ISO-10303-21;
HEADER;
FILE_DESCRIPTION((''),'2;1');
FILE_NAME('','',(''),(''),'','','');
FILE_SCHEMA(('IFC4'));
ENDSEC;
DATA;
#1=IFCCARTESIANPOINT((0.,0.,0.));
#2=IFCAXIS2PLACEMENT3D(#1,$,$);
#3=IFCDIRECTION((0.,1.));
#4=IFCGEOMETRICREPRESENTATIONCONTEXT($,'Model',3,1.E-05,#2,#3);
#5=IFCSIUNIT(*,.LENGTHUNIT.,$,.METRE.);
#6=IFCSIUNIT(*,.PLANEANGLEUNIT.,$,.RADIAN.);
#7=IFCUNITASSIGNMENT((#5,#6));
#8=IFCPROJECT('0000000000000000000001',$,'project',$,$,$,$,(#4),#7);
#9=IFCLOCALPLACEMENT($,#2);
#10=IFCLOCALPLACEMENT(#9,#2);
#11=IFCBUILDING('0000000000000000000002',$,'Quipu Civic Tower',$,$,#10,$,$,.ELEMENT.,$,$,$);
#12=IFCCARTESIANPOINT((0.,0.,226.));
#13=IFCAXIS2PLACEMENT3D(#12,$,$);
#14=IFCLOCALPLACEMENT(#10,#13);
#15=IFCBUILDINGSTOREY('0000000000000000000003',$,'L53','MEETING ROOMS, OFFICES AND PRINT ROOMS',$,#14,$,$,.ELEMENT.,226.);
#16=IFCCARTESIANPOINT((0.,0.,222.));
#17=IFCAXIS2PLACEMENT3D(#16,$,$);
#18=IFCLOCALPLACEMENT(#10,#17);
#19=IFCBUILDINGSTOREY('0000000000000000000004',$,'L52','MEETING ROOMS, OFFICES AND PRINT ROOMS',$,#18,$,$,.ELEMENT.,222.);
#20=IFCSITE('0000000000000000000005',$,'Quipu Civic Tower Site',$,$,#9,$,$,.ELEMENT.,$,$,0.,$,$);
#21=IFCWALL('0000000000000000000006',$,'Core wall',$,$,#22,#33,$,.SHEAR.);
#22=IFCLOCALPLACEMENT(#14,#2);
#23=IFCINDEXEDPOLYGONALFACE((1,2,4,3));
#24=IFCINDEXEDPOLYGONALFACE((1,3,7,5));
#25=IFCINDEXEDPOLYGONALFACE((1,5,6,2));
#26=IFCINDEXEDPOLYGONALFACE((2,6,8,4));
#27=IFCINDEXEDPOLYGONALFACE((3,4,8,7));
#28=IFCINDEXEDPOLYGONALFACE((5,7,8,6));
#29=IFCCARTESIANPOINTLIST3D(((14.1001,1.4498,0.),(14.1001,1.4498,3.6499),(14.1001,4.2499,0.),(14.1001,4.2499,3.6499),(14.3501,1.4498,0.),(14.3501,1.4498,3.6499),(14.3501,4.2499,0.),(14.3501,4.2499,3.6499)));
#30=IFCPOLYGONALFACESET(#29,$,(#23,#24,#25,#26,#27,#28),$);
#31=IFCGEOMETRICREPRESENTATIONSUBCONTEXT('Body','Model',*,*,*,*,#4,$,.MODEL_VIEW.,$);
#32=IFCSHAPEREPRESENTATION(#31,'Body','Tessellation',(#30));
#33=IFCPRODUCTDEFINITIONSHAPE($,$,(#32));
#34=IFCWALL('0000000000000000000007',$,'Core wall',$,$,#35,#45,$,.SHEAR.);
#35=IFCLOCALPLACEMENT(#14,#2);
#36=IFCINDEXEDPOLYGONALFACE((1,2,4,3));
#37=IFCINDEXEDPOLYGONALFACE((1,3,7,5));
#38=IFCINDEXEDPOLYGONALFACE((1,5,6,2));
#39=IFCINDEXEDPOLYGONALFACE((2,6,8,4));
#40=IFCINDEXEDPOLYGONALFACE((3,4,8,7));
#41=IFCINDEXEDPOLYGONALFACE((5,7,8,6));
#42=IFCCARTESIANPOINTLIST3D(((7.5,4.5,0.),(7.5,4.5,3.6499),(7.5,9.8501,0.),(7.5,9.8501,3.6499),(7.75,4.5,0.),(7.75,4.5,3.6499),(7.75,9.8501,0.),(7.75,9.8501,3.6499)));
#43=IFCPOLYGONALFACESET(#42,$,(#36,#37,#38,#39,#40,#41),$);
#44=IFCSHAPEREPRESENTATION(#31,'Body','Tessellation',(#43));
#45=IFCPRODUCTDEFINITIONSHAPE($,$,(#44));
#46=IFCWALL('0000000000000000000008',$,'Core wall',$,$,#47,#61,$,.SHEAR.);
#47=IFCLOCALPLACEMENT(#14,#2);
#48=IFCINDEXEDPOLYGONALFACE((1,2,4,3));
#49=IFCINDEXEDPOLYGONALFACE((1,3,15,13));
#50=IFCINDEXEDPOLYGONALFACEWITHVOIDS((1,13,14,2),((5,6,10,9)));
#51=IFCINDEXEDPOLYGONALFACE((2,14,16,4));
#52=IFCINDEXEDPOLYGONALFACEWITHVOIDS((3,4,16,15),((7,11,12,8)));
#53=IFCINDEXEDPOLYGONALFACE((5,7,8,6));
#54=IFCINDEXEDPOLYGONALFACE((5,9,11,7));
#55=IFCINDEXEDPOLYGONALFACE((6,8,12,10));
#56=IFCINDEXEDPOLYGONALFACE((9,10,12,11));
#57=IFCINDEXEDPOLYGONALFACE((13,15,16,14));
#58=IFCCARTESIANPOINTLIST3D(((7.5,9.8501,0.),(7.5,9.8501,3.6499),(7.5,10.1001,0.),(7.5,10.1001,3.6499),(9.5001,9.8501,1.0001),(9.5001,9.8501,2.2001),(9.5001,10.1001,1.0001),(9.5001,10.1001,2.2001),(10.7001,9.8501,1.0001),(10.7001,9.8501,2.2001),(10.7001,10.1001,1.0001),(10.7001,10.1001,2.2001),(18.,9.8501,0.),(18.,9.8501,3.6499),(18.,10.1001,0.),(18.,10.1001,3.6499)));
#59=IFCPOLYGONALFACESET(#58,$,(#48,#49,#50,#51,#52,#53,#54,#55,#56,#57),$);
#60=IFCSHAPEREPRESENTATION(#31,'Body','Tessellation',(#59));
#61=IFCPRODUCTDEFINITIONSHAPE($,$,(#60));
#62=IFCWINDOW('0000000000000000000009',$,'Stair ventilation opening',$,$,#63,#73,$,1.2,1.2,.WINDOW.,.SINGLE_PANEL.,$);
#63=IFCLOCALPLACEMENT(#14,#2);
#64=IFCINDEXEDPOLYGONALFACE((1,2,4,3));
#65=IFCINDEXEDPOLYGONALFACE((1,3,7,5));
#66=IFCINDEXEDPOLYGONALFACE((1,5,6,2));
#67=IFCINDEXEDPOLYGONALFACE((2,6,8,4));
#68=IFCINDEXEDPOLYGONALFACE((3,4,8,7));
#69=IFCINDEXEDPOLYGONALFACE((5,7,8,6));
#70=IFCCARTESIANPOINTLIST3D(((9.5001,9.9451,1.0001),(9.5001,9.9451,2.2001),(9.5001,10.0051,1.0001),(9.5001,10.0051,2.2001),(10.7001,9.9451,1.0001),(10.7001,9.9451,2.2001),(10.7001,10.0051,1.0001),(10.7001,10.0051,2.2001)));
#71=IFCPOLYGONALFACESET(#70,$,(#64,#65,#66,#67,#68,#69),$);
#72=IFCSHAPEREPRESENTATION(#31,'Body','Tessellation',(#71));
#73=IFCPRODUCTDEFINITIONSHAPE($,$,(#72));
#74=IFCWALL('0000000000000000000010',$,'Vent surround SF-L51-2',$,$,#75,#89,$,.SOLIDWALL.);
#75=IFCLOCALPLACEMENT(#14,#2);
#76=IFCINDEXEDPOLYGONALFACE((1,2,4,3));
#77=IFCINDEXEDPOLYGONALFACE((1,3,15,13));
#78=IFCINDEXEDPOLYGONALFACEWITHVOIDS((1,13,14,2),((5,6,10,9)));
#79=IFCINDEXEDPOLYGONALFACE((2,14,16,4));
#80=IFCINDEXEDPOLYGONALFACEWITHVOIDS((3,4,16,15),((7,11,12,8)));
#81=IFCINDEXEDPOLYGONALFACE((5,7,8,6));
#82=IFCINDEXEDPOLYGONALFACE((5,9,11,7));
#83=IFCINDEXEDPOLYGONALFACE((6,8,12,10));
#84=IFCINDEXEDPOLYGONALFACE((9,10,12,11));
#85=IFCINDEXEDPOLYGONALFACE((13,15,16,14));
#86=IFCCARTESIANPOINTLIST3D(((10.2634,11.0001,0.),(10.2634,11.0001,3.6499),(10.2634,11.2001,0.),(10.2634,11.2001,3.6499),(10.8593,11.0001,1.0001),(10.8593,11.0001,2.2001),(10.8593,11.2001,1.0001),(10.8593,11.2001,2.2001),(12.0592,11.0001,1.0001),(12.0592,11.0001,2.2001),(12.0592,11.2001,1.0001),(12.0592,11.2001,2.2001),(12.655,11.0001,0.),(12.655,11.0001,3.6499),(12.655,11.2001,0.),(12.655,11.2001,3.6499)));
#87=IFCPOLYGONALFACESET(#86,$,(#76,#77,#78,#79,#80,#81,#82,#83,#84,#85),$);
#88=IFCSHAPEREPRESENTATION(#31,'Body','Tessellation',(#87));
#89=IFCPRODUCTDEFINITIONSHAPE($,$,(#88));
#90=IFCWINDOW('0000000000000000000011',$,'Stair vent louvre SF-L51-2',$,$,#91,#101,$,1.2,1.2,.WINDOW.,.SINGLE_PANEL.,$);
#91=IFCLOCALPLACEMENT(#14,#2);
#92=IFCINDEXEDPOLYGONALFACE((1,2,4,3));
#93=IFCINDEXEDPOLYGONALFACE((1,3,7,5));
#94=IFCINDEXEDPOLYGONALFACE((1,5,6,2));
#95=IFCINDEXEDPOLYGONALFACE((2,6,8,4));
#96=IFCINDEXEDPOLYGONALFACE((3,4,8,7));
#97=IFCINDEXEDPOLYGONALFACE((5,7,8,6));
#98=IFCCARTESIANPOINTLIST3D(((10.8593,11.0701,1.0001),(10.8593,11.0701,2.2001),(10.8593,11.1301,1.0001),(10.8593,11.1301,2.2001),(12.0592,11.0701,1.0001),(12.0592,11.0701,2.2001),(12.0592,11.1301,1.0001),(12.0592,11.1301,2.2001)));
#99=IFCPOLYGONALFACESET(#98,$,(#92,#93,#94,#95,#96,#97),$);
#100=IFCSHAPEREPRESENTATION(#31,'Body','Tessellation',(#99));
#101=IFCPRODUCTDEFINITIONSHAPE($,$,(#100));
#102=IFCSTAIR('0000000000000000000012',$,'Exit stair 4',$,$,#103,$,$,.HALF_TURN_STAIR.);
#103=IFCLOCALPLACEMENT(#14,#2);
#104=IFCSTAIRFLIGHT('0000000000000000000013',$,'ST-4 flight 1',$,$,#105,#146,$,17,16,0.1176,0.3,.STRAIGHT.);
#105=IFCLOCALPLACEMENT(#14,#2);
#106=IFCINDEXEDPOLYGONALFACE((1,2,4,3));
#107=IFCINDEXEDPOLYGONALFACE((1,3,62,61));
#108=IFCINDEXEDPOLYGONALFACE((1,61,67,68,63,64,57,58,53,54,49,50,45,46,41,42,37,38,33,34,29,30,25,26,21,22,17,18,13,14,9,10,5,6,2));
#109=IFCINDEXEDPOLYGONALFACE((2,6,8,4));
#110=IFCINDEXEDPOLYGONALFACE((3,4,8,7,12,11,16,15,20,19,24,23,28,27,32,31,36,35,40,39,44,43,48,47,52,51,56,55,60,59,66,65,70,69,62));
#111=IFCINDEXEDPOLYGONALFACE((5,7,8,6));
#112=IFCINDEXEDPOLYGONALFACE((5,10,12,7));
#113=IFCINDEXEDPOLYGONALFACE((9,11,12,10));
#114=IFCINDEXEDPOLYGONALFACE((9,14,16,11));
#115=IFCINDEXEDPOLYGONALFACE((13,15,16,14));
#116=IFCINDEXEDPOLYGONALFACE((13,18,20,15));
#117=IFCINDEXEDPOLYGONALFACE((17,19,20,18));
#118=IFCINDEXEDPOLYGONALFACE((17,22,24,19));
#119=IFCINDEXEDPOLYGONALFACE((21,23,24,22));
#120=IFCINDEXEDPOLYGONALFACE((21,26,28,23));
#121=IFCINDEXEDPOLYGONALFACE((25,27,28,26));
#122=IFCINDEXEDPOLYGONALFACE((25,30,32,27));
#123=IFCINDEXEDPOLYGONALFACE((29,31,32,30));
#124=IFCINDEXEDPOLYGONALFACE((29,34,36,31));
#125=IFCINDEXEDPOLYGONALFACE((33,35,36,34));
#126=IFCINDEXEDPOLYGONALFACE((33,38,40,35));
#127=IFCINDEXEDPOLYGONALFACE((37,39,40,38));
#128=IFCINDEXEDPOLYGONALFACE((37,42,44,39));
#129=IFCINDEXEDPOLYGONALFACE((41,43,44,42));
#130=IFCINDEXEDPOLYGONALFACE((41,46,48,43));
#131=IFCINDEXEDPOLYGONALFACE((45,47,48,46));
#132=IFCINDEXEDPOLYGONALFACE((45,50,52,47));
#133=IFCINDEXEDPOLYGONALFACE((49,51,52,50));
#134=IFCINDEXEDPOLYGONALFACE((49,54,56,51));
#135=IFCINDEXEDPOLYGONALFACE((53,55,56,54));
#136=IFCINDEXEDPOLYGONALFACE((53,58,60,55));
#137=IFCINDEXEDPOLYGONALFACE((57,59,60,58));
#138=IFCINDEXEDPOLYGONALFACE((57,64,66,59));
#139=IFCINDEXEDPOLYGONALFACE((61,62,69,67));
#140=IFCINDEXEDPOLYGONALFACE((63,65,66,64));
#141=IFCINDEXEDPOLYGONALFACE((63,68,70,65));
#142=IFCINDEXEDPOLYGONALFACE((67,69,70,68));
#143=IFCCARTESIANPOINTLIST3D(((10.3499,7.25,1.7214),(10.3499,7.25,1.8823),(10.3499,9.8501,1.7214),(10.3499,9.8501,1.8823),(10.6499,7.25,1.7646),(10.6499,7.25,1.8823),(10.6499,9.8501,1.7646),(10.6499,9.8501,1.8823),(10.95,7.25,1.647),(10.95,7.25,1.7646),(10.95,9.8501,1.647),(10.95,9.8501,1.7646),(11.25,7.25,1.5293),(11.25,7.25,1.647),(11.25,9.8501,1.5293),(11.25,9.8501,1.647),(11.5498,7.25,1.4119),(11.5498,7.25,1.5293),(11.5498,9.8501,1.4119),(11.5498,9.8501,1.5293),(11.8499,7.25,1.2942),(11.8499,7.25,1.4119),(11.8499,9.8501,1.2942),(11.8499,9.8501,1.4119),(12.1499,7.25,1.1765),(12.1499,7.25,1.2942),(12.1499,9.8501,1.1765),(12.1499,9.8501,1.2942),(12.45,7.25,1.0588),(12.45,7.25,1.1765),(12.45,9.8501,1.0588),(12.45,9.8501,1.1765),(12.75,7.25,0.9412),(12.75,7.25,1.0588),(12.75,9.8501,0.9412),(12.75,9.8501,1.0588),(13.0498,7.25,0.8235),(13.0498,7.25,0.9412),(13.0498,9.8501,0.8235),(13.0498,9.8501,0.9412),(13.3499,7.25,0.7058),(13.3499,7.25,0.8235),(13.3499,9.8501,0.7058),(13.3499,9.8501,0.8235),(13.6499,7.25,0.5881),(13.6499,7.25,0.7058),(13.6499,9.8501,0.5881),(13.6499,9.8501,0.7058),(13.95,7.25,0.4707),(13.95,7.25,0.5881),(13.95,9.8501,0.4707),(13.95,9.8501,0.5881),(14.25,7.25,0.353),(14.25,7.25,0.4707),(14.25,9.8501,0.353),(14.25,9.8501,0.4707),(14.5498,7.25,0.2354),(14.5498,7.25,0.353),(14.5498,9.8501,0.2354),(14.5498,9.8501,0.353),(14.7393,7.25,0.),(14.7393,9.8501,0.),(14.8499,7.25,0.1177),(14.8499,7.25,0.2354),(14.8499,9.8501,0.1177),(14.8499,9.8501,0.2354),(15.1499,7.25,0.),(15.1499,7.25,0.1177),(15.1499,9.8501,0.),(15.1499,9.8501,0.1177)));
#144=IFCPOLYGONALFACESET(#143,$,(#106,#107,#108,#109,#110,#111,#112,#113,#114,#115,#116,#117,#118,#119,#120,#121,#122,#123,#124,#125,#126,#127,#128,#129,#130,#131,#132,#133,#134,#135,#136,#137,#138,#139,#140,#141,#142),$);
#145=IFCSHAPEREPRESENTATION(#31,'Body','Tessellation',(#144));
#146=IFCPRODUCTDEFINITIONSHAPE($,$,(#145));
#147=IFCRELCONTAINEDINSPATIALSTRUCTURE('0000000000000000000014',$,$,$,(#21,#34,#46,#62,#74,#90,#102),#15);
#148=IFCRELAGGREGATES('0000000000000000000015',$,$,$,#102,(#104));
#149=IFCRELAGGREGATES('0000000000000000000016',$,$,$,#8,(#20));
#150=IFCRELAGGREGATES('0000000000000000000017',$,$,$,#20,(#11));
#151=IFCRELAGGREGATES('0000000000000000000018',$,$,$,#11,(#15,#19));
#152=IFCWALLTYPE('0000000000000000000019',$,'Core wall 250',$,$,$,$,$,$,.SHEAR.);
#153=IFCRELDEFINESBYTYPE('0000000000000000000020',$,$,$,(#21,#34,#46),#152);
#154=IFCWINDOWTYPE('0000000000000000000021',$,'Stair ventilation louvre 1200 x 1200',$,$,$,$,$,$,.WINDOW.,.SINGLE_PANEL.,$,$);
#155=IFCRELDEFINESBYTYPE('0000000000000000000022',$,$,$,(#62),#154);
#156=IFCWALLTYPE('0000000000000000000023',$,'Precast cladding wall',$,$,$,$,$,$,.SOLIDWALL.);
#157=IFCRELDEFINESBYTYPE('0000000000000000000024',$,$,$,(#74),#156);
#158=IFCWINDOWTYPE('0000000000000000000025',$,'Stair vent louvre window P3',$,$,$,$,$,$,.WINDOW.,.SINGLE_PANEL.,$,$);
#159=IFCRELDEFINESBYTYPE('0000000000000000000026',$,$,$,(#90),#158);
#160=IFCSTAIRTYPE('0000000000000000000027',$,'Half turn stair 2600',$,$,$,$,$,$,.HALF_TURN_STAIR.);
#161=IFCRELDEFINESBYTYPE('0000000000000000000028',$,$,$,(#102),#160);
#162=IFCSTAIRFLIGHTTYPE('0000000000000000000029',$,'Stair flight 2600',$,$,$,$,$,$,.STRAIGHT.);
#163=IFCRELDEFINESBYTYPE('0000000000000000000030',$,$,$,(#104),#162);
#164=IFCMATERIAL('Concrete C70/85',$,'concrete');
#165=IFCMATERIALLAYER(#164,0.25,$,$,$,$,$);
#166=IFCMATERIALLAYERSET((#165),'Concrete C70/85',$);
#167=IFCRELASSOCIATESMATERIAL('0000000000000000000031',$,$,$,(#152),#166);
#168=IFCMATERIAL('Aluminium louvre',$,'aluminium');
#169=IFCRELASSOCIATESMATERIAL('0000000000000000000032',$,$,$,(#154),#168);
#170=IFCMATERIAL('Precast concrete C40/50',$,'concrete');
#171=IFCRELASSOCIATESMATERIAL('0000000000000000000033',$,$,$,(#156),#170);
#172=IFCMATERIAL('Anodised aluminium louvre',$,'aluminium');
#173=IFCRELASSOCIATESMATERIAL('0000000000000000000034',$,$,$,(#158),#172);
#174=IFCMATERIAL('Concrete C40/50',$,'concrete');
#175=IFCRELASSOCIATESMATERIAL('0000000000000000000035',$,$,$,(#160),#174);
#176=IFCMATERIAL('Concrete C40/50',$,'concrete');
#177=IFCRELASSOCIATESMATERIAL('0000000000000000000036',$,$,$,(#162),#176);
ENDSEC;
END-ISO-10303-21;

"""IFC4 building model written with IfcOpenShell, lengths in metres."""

from ifc_helpers import new_model, si_unit, direction, frame, frame_2d, origin, place, context, subcontext, project, spatial, polyline, rectangle, outline, extrude, material, layer, layer_set, type_object, element, fill, aggregate, save


model = new_model("IFC4")

# Units and contexts
model_context = context("Model", 3, precision=1e-05, world=origin(), true_north=direction((0.0, 1.0)))
body_context = subcontext(model_context, "Body", "Model", "MODEL_VIEW")
ifc_project = project(units=[si_unit("LENGTHUNIT", "METRE"), si_unit("PLANEANGLEUNIT", "RADIAN")], contexts=[model_context])

# Site, building, storey
site_placement = place(None, origin())
site = spatial("IfcSite", under=ifc_project, at=site_placement, Name="Quipu Civic Tower Site", CompositionType="ELEMENT", RefElevation=0.0)
building_placement = place(site_placement, origin())
building = spatial("IfcBuilding", under=site, at=building_placement, Name="Quipu Civic Tower", CompositionType="ELEMENT")
storey_1_placement = place(building_placement, frame((0.0, 0.0, 226.0)))
storey_1 = spatial("IfcBuildingStorey", under=building, at=storey_1_placement, Name="L53", Description="MEETING ROOMS, OFFICES AND PRINT ROOMS", CompositionType="ELEMENT", Elevation=226.0)

# Shared definitions
storey_2_placement = place(building_placement, frame((0.0, 0.0, 222.0)))
storey_2 = spatial("IfcBuildingStorey", under=building, at=storey_2_placement, Name="L52", Description="MEETING ROOMS, OFFICES AND PRINT ROOMS", CompositionType="ELEMENT", Elevation=222.0)

# Shared definitions
ifc_material_1 = material(Name="Concrete C70/85", Category="concrete")
ifc_layer_1 = layer(ifc_material_1, 0.25)
ifc_layer_set_1 = layer_set([ifc_layer_1], Name="Concrete C70/85")
wall_type_1 = type_object("IfcWallType", Name="Core wall 250", PredefinedType="SHEAR", material=ifc_layer_set_1)

# Walls
wall_1_placement = place(storey_1_placement, frame((14.2251, 1.45, 0.0), z_axis=(0.0, 0.0, 1.0), x_axis=(0.0, 1.0, 0.0)))
element("IfcWall", 1, at=wall_1_placement, inside=storey_1, type_object=wall_type_1, Name="Core wall", PredefinedType="SHEAR", context=body_context, shape_type="SweptSolid", body=[
    extrude(rectangle(XDim=2.8, YDim=0.25, at=frame_2d((1.3999, 0.0))), origin(), (0.0, 0.0, 1.0), 3.6499),
])
wall_2_placement = place(storey_1_placement, frame((7.625, 4.5, 0.0), z_axis=(0.0, 0.0, 1.0), x_axis=(0.0, 1.0, 0.0)))
element("IfcWall", 2, at=wall_2_placement, inside=storey_1, type_object=wall_type_1, Name="Core wall", PredefinedType="SHEAR", context=body_context, shape_type="SweptSolid", body=[
    extrude(rectangle(XDim=5.3501, YDim=0.25, at=frame_2d((2.675, 0.0))), origin(), (0.0, 0.0, 1.0), 3.6499),
])

# Walls, openings, windows
wall_3_placement = place(storey_1_placement, frame((7.5, 9.9751, 0.0), z_axis=(0.0, 0.0, 1.0), x_axis=(1.0, 0.0, 0.0)))
wall_3 = element("IfcWall", 3, at=wall_3_placement, inside=storey_1, type_object=wall_type_1, Name="Core wall", PredefinedType="SHEAR", context=body_context, shape_type="SweptSolid", body=[
    extrude(rectangle(XDim=10.5, YDim=0.25, at=frame_2d((5.25, 0.0))), origin(), (0.0, 0.0, 1.0), 3.6499),
])
opening_1_placement = place(wall_3_placement, frame((2.0, 0.0, 1.0)))
opening_1 = element("IfcOpeningElement", 4, at=opening_1_placement, cuts=wall_3, PredefinedType="OPENING", context=body_context, shape_type="SweptSolid", body=[
    extrude(rectangle(XDim=1.2, YDim=1.2, at=frame_2d((0.6001, 0.6001))), frame((0.0, 0.135, 0.0), z_axis=(0.0, -1.0, 0.0), x_axis=(1.0, 0.0, 0.0)), (0.0, 0.0, 1.0), 0.27),
])
ifc_material_2 = material(Name="Aluminium louvre", Category="aluminium")
window_type_1 = type_object("IfcWindowType", Name="Stair ventilation louvre 1200 x 1200", PartitioningType="SINGLE_PANEL", PredefinedType="WINDOW", material=ifc_material_2)
window_1_placement = place(opening_1_placement, origin())
window_1 = element("IfcWindow", 5, at=window_1_placement, inside=storey_1, type_object=window_type_1, Name="Stair ventilation opening", OverallHeight=1.2, OverallWidth=1.2, PartitioningType="SINGLE_PANEL", PredefinedType="WINDOW", context=body_context, shape_type="SweptSolid", body=[
    extrude(rectangle(XDim=1.2, YDim=1.2, at=frame_2d((0.6001, 0.6001))), frame((0.0, 0.03, 0.0), z_axis=(0.0, -1.0, 0.0), x_axis=(1.0, 0.0, 0.0)), (0.0, 0.0, 1.0), 0.0601),
])
fill(opening_1, window_1)
ifc_material_3 = material(Name="Precast concrete C40/50", Category="concrete")
wall_type_2 = type_object("IfcWallType", Name="Precast cladding wall", PredefinedType="SOLIDWALL", material=ifc_material_3)
wall_4_placement = place(storey_1_placement, frame((12.655, 11.1001, 0.0), z_axis=(0.0, 0.0, 1.0), x_axis=(-1.0, 0.0, 0.0)))
wall_4 = element("IfcWall", 6, at=wall_4_placement, inside=storey_1, type_object=wall_type_2, Name="Vent surround SF-L51-2", PredefinedType="SOLIDWALL", context=body_context, shape_type="SweptSolid", body=[
    extrude(rectangle(XDim=2.3916, YDim=0.2, at=frame_2d((1.1958, 0.0))), origin(), (0.0, 0.0, 1.0), 3.6499),
])
opening_2_placement = place(wall_4_placement, frame((0.5957, 0.0, 1.0)))
opening_2 = element("IfcOpeningElement", 7, at=opening_2_placement, cuts=wall_4, PredefinedType="OPENING", context=body_context, shape_type="SweptSolid", body=[
    extrude(rectangle(XDim=1.2, YDim=1.2, at=frame_2d((0.6001, 0.6001))), frame((0.0, 0.1099, 0.0), z_axis=(0.0, -1.0, 0.0), x_axis=(1.0, 0.0, 0.0)), (0.0, 0.0, 1.0), 0.22),
])
ifc_material_4 = material(Name="Anodised aluminium louvre", Category="aluminium")
window_type_2 = type_object("IfcWindowType", Name="Stair vent louvre window P3", PartitioningType="SINGLE_PANEL", PredefinedType="WINDOW", material=ifc_material_4)
window_2_placement = place(opening_2_placement, origin())
window_2 = element("IfcWindow", 8, at=window_2_placement, inside=storey_1, type_object=window_type_2, Name="Stair vent louvre SF-L51-2", OverallHeight=1.2, OverallWidth=1.2, PartitioningType="SINGLE_PANEL", PredefinedType="WINDOW", context=body_context, shape_type="SweptSolid", body=[
    extrude(rectangle(XDim=1.2, YDim=1.2, at=frame_2d((0.6001, 0.6001))), frame((0.0, 0.03, 0.0), z_axis=(0.0, -1.0, 0.0), x_axis=(1.0, 0.0, 0.0)), (0.0, 0.0, 1.0), 0.0601),
])
fill(opening_2, window_2)

# Stair, stair flight
ifc_material_5 = material(Name="Concrete C40/50", Category="concrete")
stair_type = type_object("IfcStairType", Name="Half turn stair 2600", PredefinedType="HALF_TURN_STAIR", material=ifc_material_5)
stair_placement = place(storey_1_placement, origin())
stair = element("IfcStair", 9, at=stair_placement, inside=storey_1, type_object=stair_type, Name="Exit stair 4", PredefinedType="HALF_TURN_STAIR")
ifc_material_6 = material(Name="Concrete C40/50", Category="concrete")
stair_flight_type = type_object("IfcStairFlightType", Name="Stair flight 2600", PredefinedType="STRAIGHT", material=ifc_material_6)
stair_flight_1_placement = place(storey_1_placement, frame((15.1499, 8.55, 0.0), z_axis=(0.0, 0.0, 1.0), x_axis=(-1.0, 0.0, 0.0)))
stair_flight_1 = element("IfcStairFlight", 10, at=stair_flight_1_placement, type_object=stair_flight_type, Name="ST-4 flight 1", NumberOfRisers=17, NumberOfTreads=16, PredefinedType="STRAIGHT", RiserHeight=0.1176, TreadLength=0.3, context=body_context, shape_type="SweptSolid", body=[
    extrude(outline(polyline([(0.0, 0.0), (0.0, 0.1177), (0.3, 0.1177), (0.3, 0.2354), (0.6001, 0.2354), (0.6001, 0.353), (0.8999, 0.353), (0.8999, 0.4707), (1.2, 0.4707), (1.2, 0.5881), (1.5, 0.5881), (1.5, 0.7058), (1.8, 0.7058), (1.8, 0.8235), (2.1001, 0.8235), (2.1001, 0.9412), (2.3999, 0.9412), (2.3999, 1.0588), (2.7, 1.0588), (2.7, 1.1765), (3.0, 1.1765), (3.0, 1.2942), (3.3, 1.2942), (3.3, 1.4119), (3.6001, 1.4119), (3.6001, 1.5293), (3.8999, 1.5293), (3.8999, 1.647), (4.2, 1.647), (4.2, 1.7646), (4.5, 1.7646), (4.5, 1.8823), (4.8, 1.8823), (4.8, 2.0), (4.8, 1.7214), (0.4106, 0.0), (0.0, 0.0)])), frame((0.0, 1.3, 0.0), z_axis=(0.0, -1.0, 0.0), x_axis=(1.0, 0.0, 0.0)), (0.0, 0.0, 1.0), 2.6001),
])
aggregate(stair, [stair_flight_1])

save(model, "model.ifc")
